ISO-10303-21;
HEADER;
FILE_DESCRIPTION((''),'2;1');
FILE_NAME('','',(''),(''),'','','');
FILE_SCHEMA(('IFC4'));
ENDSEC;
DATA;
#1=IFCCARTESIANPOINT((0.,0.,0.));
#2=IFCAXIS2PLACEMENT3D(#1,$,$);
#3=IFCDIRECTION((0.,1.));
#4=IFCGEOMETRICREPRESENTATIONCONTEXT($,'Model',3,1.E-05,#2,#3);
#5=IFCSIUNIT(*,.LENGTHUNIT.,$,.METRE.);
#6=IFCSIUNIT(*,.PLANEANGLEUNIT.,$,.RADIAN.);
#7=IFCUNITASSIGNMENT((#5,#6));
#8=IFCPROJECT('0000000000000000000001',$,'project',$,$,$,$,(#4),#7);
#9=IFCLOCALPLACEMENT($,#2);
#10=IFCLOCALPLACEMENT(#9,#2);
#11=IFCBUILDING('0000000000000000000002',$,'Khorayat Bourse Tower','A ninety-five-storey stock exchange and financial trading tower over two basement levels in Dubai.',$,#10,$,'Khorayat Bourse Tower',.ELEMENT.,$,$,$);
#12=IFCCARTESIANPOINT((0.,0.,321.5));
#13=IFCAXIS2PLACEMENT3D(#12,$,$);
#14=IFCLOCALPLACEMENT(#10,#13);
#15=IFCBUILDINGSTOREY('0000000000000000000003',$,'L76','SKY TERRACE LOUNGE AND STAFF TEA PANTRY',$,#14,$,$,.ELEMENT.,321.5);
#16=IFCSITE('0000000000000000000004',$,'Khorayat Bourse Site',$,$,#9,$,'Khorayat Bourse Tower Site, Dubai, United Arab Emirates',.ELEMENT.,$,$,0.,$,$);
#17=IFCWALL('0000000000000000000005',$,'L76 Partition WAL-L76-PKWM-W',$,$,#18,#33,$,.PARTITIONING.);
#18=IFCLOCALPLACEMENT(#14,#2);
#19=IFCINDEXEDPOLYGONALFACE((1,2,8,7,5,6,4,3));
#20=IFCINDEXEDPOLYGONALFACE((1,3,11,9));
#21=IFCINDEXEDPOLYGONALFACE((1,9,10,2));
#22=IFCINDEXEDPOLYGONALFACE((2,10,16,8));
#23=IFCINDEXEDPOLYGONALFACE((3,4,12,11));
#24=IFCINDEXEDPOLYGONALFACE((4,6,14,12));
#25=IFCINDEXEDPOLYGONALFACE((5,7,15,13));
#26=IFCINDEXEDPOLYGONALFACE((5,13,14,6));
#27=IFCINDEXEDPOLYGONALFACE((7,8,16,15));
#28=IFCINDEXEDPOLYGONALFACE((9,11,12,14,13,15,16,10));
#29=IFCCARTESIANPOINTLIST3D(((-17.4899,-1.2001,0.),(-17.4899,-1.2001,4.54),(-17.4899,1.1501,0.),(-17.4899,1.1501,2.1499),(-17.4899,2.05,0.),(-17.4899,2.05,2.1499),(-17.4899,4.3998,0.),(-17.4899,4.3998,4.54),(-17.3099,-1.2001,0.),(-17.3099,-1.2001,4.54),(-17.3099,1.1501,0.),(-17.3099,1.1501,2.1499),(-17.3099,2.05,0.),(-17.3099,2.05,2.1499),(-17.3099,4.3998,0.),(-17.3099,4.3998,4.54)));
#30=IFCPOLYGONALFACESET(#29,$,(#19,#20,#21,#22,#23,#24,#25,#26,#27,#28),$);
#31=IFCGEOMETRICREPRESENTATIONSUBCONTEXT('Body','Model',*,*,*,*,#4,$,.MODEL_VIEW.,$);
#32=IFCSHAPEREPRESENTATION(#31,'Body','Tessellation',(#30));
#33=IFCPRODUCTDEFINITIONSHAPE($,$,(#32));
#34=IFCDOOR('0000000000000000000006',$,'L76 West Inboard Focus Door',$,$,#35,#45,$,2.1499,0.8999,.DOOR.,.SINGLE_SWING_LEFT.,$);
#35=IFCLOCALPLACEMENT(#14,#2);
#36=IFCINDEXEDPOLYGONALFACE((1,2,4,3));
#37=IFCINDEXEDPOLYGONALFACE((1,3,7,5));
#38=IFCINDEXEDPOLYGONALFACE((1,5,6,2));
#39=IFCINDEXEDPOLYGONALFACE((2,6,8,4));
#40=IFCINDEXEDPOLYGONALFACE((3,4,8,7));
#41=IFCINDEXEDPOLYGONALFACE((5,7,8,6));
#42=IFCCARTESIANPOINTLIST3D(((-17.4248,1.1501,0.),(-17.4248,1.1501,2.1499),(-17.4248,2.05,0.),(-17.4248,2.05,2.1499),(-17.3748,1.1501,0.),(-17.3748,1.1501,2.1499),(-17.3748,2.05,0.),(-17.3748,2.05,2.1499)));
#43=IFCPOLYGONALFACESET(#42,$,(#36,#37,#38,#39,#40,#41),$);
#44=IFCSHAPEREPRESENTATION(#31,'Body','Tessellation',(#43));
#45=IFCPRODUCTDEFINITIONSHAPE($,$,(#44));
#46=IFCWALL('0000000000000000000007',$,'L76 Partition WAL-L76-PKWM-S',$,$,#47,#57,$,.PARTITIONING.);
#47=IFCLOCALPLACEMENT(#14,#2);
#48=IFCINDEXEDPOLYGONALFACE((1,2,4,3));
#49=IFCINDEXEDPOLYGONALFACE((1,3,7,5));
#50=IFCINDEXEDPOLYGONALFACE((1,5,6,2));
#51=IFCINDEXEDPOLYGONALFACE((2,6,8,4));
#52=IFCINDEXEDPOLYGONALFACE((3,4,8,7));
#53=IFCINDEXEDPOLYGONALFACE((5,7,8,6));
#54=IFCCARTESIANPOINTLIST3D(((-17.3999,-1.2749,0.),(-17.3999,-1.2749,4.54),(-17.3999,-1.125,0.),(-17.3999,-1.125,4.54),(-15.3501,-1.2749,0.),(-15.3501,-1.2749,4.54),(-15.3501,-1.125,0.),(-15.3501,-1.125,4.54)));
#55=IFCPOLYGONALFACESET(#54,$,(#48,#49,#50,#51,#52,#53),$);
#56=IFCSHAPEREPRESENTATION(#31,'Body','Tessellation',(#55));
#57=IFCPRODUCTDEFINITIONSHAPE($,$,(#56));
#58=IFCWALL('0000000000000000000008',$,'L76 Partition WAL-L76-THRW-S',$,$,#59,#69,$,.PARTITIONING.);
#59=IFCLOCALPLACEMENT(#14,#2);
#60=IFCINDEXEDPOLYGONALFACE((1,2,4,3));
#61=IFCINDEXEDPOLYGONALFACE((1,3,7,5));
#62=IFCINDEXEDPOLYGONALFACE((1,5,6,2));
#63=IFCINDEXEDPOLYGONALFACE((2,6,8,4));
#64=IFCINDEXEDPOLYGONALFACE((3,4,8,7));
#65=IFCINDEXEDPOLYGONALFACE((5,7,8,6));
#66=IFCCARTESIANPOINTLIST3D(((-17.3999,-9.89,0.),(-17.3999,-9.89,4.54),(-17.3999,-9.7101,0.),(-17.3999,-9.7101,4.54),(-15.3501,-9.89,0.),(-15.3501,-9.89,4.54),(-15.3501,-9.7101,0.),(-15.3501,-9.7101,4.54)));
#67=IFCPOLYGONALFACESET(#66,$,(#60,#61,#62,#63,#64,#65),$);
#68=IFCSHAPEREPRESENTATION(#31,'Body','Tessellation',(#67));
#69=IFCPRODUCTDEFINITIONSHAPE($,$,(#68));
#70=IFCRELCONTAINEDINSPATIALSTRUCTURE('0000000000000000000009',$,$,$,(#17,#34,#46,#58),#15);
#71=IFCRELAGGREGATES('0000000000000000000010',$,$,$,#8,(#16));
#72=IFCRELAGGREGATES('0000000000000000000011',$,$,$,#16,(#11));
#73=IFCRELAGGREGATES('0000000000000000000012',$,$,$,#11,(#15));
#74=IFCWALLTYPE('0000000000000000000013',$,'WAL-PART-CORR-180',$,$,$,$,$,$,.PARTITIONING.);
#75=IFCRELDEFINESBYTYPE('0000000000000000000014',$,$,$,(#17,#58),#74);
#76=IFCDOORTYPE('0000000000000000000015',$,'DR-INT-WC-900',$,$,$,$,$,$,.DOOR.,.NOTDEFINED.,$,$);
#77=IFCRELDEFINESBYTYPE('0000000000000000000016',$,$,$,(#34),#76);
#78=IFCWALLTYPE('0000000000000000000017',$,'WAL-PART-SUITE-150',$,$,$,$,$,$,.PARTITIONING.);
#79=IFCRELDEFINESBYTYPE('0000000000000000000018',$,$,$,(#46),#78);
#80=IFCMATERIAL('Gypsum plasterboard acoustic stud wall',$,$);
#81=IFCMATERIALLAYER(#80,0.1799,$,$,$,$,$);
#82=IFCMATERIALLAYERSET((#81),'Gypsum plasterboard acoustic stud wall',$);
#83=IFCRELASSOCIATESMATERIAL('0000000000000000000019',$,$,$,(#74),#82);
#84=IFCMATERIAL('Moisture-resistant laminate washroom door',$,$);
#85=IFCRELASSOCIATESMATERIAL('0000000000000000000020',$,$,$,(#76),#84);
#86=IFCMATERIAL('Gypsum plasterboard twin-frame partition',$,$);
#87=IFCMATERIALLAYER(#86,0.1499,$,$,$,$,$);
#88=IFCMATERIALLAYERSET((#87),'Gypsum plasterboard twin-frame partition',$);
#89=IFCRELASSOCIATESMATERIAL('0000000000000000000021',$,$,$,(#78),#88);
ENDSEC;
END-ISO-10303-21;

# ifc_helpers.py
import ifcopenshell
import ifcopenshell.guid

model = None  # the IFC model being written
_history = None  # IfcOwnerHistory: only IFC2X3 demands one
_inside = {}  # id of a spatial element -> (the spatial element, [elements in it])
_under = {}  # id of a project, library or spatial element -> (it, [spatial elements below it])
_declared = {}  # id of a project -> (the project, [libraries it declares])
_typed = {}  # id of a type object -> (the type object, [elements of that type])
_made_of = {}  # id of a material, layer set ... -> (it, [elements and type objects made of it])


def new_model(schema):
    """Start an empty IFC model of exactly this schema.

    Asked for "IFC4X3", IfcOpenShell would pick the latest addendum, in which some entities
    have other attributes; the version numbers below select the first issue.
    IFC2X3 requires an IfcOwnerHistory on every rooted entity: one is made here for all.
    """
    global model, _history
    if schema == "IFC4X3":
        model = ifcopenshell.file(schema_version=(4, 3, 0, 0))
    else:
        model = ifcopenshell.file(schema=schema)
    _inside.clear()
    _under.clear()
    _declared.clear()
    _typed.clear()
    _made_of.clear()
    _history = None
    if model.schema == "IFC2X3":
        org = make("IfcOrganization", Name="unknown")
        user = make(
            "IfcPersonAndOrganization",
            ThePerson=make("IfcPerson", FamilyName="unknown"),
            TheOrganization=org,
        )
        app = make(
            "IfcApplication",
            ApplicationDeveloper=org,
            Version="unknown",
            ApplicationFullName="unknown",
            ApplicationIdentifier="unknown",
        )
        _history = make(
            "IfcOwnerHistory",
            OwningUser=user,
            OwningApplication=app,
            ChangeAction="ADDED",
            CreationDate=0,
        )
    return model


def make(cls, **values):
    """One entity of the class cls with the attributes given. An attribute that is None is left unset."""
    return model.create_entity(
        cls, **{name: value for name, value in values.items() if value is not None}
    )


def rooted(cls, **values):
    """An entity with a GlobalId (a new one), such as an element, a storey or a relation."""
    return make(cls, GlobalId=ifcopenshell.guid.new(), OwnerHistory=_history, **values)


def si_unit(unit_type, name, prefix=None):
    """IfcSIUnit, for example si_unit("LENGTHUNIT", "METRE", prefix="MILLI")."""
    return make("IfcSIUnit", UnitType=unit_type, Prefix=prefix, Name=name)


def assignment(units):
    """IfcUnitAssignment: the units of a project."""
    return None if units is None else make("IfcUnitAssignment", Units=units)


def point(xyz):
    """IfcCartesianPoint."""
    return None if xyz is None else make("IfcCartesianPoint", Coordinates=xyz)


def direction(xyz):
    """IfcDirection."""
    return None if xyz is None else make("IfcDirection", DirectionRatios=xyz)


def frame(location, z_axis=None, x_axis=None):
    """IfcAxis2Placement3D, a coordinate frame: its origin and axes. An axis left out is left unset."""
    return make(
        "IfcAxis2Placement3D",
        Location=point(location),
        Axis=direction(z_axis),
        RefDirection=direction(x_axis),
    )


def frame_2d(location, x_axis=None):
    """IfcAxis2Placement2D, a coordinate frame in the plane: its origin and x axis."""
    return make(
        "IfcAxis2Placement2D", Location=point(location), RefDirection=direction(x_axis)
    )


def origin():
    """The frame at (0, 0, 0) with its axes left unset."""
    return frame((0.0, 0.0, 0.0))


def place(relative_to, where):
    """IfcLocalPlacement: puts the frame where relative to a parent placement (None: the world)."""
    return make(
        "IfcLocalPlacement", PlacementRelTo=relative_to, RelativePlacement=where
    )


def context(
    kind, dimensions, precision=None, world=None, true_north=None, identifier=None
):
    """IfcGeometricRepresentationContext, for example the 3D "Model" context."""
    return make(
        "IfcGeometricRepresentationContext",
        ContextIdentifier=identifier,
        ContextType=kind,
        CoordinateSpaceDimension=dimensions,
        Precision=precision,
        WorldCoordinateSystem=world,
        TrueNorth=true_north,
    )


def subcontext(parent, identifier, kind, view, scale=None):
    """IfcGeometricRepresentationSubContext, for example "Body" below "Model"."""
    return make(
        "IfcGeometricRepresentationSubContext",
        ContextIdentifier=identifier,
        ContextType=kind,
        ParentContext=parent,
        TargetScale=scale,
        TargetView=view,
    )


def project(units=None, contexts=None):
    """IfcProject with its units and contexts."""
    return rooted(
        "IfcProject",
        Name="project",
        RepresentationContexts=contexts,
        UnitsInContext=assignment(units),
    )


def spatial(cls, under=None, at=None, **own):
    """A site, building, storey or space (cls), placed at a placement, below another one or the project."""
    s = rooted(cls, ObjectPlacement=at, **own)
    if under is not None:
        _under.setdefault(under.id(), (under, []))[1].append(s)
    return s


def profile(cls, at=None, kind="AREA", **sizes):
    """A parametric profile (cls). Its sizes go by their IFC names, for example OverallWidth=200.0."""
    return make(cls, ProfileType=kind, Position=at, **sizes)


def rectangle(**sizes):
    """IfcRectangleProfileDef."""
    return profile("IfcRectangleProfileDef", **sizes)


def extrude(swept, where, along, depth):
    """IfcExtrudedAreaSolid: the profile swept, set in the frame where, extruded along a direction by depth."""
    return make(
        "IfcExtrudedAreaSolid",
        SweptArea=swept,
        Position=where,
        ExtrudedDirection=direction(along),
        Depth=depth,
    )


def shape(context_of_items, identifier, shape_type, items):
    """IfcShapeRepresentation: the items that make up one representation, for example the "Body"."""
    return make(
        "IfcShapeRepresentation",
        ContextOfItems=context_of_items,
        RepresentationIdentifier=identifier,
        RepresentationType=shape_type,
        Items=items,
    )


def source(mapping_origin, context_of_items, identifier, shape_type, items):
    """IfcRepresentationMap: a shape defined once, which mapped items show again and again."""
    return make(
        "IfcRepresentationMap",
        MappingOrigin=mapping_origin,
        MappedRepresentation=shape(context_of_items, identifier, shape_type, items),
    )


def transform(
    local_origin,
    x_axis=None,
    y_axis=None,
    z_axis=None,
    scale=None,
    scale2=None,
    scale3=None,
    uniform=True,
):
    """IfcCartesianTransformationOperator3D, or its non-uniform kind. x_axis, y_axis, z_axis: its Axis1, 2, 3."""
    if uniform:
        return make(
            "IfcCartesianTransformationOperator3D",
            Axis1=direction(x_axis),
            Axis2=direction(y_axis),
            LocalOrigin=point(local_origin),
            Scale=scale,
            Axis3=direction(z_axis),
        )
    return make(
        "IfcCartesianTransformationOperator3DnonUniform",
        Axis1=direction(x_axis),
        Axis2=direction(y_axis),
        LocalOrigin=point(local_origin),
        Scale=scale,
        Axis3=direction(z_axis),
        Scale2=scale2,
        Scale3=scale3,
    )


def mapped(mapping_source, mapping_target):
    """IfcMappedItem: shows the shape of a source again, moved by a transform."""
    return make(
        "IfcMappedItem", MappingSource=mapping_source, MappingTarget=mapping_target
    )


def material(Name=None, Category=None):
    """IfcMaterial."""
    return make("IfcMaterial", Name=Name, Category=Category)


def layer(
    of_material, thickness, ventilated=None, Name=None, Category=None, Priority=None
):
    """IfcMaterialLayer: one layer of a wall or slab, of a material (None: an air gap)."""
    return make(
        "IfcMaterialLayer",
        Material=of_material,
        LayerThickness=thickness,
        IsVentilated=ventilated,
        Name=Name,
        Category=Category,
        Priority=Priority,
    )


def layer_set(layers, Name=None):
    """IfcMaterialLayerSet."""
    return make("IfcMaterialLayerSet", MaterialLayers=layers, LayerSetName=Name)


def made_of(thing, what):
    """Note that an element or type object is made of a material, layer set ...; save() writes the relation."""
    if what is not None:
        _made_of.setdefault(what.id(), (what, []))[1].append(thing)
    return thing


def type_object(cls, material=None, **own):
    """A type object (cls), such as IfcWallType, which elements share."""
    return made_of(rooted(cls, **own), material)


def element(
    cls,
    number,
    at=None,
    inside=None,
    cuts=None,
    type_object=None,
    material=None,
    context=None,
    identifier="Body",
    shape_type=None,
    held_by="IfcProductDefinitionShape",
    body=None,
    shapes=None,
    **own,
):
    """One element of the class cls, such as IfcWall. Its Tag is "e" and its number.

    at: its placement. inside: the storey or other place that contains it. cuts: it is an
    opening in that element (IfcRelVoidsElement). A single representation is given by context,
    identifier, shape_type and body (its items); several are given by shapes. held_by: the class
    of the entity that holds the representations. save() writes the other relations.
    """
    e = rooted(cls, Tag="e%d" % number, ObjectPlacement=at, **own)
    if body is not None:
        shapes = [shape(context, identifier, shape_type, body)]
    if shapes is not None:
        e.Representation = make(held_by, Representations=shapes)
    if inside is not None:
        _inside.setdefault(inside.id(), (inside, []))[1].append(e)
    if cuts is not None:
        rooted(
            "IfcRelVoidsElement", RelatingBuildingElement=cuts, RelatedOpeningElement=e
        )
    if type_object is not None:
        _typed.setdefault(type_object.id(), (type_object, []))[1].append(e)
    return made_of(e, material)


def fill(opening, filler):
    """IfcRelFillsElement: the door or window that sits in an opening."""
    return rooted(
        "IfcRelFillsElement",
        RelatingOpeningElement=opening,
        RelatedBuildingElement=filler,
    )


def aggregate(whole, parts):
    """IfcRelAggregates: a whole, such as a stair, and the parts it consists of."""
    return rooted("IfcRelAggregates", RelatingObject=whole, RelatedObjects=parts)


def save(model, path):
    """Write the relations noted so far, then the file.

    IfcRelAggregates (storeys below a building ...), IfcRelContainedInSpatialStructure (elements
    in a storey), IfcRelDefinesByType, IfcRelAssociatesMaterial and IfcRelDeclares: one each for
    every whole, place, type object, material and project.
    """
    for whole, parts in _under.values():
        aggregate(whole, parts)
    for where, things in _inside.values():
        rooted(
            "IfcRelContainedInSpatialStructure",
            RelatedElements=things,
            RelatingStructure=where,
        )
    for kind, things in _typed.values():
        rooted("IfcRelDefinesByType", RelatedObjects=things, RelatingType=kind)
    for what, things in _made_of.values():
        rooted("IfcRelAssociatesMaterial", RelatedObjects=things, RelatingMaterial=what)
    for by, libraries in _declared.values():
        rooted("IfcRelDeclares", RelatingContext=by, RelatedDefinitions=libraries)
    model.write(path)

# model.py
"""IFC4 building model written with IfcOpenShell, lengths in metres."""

from ifc_helpers import new_model, si_unit, direction, frame, frame_2d, origin, place, context, subcontext, project, spatial, rectangle, extrude, source, transform, mapped, material, layer, layer_set, type_object, element, fill, save


model = new_model("IFC4")

# Units and contexts
model_context = context("Model", 3, precision=1e-05, world=origin(), true_north=direction((0.0, 1.0)))
body_context = subcontext(model_context, "Body", "Model", "MODEL_VIEW")
ifc_project = project(units=[si_unit("LENGTHUNIT", "METRE"), si_unit("PLANEANGLEUNIT", "RADIAN")], contexts=[model_context])

# Site, building, storey
site_placement = place(None, origin())
site = spatial("IfcSite", under=ifc_project, at=site_placement, Name="Khorayat Bourse Site", LongName="Khorayat Bourse Tower Site, Dubai, United Arab Emirates", CompositionType="ELEMENT", RefElevation=0.0)
building_placement = place(site_placement, origin())
building = spatial("IfcBuilding", under=site, at=building_placement, Name="Khorayat Bourse Tower", Description="A ninety-five-storey stock exchange and financial trading tower over two basement levels in Dubai.", LongName="Khorayat Bourse Tower", CompositionType="ELEMENT")
storey_placement = place(building_placement, frame((0.0, 0.0, 321.5)))
storey = spatial("IfcBuildingStorey", under=building, at=storey_placement, Name="L76", Description="SKY TERRACE LOUNGE AND STAFF TEA PANTRY", CompositionType="ELEMENT", Elevation=321.5)

# Shared definitions
ifc_material_1 = material(Name="Gypsum plasterboard acoustic stud wall")
ifc_layer_1 = layer(ifc_material_1, 0.1799)
ifc_layer_set_1 = layer_set([ifc_layer_1], Name="Gypsum plasterboard acoustic stud wall")
wall_type_1 = type_object("IfcWallType", Name="WAL-PART-CORR-180", PredefinedType="PARTITIONING", material=ifc_layer_set_1)

# Wall, opening, door
shared_shape_1 = source(origin(), body_context, "Body", "SweptSolid", [
    extrude(rectangle(XDim=5.5999, YDim=0.1799, at=frame_2d((2.7998, 0.0))), origin(), (0.0, 0.0, 1.0), 4.54),
])
wall_1_placement = place(storey_placement, frame((-17.3999, -1.2, 0.0), z_axis=(0.0, 0.0, 1.0), x_axis=(0.0, 1.0, 0.0)))
wall_1 = element("IfcWall", 1, at=wall_1_placement, inside=storey, type_object=wall_type_1, Name="L76 Partition WAL-L76-PKWM-W", PredefinedType="PARTITIONING", context=body_context, shape_type="MappedRepresentation", body=[
    mapped(shared_shape_1, transform((0.0, 0.0, 0.0), scale=1.0)),
])
shared_shape_2 = source(origin(), body_context, "Body", "SweptSolid", [
    extrude(rectangle(XDim=0.8999, YDim=2.1499, at=frame_2d((0.45, 1.075))), frame((0.0, 0.0999, 0.0), z_axis=(0.0, -1.0, 0.0), x_axis=(1.0, 0.0, 0.0)), (0.0, 0.0, 1.0), 0.2),
])
opening_1_placement = place(wall_1_placement, frame((2.3501, 0.0, 0.0)))
opening_1 = element("IfcOpeningElement", 2, at=opening_1_placement, cuts=wall_1, PredefinedType="OPENING", context=body_context, shape_type="MappedRepresentation", body=[
    mapped(shared_shape_2, transform((0.0, 0.0, 0.0), scale=1.0)),
])
ifc_material_2 = material(Name="Moisture-resistant laminate washroom door")
door_type_1 = type_object("IfcDoorType", Name="DR-INT-WC-900", OperationType="NOTDEFINED", PredefinedType="DOOR", material=ifc_material_2)
shared_shape_3 = source(origin(), body_context, "Body", "SweptSolid", [
    extrude(rectangle(XDim=0.8999, YDim=2.1499, at=frame_2d((0.45, 1.075))), frame((0.0, 0.0249, 0.0), z_axis=(0.0, -1.0, 0.0), x_axis=(1.0, 0.0, 0.0)), (0.0, 0.0, 1.0), 0.05),
])
door_1_placement = place(opening_1_placement, origin())
door_1 = element("IfcDoor", 3, at=door_1_placement, inside=storey, type_object=door_type_1, Name="L76 West Inboard Focus Door", OperationType="SINGLE_SWING_LEFT", OverallHeight=2.1499, OverallWidth=0.8999, PredefinedType="DOOR", context=body_context, shape_type="MappedRepresentation", body=[
    mapped(shared_shape_3, transform((0.0, 0.0, 0.0), scale=1.0)),
])
fill(opening_1, door_1)

# Walls
ifc_material_3 = material(Name="Gypsum plasterboard twin-frame partition")
ifc_layer_2 = layer(ifc_material_3, 0.1499)
ifc_layer_set_2 = layer_set([ifc_layer_2], Name="Gypsum plasterboard twin-frame partition")
wall_type_2 = type_object("IfcWallType", Name="WAL-PART-SUITE-150", PredefinedType="PARTITIONING", material=ifc_layer_set_2)
shared_shape_4 = source(origin(), body_context, "Body", "SweptSolid", [
    extrude(rectangle(XDim=2.0498, YDim=0.1499, at=frame_2d((1.0249, 0.0))), origin(), (0.0, 0.0, 1.0), 4.54),
])
wall_2_placement = place(storey_placement, frame((-17.3999, -1.2, 0.0), z_axis=(0.0, 0.0, 1.0), x_axis=(1.0, 0.0, 0.0)))
element("IfcWall", 4, at=wall_2_placement, inside=storey, type_object=wall_type_2, Name="L76 Partition WAL-L76-PKWM-S", PredefinedType="PARTITIONING", context=body_context, shape_type="MappedRepresentation", body=[
    mapped(shared_shape_4, transform((0.0, 0.0, 0.0), scale=1.0)),
])
shared_shape_5 = source(origin(), body_context, "Body", "SweptSolid", [
    extrude(rectangle(XDim=2.0498, YDim=0.1799, at=frame_2d((1.0249, 0.0))), origin(), (0.0, 0.0, 1.0), 4.54),
])
wall_3_placement = place(storey_placement, frame((-17.3999, -9.8, 0.0), z_axis=(0.0, 0.0, 1.0), x_axis=(1.0, 0.0, 0.0)))
element("IfcWall", 5, at=wall_3_placement, inside=storey, type_object=wall_type_1, Name="L76 Partition WAL-L76-THRW-S", PredefinedType="PARTITIONING", context=body_context, shape_type="MappedRepresentation", body=[
    mapped(shared_shape_5, transform((0.0, 0.0, 0.0), scale=1.0)),
])

save(model, "model.ifc")
